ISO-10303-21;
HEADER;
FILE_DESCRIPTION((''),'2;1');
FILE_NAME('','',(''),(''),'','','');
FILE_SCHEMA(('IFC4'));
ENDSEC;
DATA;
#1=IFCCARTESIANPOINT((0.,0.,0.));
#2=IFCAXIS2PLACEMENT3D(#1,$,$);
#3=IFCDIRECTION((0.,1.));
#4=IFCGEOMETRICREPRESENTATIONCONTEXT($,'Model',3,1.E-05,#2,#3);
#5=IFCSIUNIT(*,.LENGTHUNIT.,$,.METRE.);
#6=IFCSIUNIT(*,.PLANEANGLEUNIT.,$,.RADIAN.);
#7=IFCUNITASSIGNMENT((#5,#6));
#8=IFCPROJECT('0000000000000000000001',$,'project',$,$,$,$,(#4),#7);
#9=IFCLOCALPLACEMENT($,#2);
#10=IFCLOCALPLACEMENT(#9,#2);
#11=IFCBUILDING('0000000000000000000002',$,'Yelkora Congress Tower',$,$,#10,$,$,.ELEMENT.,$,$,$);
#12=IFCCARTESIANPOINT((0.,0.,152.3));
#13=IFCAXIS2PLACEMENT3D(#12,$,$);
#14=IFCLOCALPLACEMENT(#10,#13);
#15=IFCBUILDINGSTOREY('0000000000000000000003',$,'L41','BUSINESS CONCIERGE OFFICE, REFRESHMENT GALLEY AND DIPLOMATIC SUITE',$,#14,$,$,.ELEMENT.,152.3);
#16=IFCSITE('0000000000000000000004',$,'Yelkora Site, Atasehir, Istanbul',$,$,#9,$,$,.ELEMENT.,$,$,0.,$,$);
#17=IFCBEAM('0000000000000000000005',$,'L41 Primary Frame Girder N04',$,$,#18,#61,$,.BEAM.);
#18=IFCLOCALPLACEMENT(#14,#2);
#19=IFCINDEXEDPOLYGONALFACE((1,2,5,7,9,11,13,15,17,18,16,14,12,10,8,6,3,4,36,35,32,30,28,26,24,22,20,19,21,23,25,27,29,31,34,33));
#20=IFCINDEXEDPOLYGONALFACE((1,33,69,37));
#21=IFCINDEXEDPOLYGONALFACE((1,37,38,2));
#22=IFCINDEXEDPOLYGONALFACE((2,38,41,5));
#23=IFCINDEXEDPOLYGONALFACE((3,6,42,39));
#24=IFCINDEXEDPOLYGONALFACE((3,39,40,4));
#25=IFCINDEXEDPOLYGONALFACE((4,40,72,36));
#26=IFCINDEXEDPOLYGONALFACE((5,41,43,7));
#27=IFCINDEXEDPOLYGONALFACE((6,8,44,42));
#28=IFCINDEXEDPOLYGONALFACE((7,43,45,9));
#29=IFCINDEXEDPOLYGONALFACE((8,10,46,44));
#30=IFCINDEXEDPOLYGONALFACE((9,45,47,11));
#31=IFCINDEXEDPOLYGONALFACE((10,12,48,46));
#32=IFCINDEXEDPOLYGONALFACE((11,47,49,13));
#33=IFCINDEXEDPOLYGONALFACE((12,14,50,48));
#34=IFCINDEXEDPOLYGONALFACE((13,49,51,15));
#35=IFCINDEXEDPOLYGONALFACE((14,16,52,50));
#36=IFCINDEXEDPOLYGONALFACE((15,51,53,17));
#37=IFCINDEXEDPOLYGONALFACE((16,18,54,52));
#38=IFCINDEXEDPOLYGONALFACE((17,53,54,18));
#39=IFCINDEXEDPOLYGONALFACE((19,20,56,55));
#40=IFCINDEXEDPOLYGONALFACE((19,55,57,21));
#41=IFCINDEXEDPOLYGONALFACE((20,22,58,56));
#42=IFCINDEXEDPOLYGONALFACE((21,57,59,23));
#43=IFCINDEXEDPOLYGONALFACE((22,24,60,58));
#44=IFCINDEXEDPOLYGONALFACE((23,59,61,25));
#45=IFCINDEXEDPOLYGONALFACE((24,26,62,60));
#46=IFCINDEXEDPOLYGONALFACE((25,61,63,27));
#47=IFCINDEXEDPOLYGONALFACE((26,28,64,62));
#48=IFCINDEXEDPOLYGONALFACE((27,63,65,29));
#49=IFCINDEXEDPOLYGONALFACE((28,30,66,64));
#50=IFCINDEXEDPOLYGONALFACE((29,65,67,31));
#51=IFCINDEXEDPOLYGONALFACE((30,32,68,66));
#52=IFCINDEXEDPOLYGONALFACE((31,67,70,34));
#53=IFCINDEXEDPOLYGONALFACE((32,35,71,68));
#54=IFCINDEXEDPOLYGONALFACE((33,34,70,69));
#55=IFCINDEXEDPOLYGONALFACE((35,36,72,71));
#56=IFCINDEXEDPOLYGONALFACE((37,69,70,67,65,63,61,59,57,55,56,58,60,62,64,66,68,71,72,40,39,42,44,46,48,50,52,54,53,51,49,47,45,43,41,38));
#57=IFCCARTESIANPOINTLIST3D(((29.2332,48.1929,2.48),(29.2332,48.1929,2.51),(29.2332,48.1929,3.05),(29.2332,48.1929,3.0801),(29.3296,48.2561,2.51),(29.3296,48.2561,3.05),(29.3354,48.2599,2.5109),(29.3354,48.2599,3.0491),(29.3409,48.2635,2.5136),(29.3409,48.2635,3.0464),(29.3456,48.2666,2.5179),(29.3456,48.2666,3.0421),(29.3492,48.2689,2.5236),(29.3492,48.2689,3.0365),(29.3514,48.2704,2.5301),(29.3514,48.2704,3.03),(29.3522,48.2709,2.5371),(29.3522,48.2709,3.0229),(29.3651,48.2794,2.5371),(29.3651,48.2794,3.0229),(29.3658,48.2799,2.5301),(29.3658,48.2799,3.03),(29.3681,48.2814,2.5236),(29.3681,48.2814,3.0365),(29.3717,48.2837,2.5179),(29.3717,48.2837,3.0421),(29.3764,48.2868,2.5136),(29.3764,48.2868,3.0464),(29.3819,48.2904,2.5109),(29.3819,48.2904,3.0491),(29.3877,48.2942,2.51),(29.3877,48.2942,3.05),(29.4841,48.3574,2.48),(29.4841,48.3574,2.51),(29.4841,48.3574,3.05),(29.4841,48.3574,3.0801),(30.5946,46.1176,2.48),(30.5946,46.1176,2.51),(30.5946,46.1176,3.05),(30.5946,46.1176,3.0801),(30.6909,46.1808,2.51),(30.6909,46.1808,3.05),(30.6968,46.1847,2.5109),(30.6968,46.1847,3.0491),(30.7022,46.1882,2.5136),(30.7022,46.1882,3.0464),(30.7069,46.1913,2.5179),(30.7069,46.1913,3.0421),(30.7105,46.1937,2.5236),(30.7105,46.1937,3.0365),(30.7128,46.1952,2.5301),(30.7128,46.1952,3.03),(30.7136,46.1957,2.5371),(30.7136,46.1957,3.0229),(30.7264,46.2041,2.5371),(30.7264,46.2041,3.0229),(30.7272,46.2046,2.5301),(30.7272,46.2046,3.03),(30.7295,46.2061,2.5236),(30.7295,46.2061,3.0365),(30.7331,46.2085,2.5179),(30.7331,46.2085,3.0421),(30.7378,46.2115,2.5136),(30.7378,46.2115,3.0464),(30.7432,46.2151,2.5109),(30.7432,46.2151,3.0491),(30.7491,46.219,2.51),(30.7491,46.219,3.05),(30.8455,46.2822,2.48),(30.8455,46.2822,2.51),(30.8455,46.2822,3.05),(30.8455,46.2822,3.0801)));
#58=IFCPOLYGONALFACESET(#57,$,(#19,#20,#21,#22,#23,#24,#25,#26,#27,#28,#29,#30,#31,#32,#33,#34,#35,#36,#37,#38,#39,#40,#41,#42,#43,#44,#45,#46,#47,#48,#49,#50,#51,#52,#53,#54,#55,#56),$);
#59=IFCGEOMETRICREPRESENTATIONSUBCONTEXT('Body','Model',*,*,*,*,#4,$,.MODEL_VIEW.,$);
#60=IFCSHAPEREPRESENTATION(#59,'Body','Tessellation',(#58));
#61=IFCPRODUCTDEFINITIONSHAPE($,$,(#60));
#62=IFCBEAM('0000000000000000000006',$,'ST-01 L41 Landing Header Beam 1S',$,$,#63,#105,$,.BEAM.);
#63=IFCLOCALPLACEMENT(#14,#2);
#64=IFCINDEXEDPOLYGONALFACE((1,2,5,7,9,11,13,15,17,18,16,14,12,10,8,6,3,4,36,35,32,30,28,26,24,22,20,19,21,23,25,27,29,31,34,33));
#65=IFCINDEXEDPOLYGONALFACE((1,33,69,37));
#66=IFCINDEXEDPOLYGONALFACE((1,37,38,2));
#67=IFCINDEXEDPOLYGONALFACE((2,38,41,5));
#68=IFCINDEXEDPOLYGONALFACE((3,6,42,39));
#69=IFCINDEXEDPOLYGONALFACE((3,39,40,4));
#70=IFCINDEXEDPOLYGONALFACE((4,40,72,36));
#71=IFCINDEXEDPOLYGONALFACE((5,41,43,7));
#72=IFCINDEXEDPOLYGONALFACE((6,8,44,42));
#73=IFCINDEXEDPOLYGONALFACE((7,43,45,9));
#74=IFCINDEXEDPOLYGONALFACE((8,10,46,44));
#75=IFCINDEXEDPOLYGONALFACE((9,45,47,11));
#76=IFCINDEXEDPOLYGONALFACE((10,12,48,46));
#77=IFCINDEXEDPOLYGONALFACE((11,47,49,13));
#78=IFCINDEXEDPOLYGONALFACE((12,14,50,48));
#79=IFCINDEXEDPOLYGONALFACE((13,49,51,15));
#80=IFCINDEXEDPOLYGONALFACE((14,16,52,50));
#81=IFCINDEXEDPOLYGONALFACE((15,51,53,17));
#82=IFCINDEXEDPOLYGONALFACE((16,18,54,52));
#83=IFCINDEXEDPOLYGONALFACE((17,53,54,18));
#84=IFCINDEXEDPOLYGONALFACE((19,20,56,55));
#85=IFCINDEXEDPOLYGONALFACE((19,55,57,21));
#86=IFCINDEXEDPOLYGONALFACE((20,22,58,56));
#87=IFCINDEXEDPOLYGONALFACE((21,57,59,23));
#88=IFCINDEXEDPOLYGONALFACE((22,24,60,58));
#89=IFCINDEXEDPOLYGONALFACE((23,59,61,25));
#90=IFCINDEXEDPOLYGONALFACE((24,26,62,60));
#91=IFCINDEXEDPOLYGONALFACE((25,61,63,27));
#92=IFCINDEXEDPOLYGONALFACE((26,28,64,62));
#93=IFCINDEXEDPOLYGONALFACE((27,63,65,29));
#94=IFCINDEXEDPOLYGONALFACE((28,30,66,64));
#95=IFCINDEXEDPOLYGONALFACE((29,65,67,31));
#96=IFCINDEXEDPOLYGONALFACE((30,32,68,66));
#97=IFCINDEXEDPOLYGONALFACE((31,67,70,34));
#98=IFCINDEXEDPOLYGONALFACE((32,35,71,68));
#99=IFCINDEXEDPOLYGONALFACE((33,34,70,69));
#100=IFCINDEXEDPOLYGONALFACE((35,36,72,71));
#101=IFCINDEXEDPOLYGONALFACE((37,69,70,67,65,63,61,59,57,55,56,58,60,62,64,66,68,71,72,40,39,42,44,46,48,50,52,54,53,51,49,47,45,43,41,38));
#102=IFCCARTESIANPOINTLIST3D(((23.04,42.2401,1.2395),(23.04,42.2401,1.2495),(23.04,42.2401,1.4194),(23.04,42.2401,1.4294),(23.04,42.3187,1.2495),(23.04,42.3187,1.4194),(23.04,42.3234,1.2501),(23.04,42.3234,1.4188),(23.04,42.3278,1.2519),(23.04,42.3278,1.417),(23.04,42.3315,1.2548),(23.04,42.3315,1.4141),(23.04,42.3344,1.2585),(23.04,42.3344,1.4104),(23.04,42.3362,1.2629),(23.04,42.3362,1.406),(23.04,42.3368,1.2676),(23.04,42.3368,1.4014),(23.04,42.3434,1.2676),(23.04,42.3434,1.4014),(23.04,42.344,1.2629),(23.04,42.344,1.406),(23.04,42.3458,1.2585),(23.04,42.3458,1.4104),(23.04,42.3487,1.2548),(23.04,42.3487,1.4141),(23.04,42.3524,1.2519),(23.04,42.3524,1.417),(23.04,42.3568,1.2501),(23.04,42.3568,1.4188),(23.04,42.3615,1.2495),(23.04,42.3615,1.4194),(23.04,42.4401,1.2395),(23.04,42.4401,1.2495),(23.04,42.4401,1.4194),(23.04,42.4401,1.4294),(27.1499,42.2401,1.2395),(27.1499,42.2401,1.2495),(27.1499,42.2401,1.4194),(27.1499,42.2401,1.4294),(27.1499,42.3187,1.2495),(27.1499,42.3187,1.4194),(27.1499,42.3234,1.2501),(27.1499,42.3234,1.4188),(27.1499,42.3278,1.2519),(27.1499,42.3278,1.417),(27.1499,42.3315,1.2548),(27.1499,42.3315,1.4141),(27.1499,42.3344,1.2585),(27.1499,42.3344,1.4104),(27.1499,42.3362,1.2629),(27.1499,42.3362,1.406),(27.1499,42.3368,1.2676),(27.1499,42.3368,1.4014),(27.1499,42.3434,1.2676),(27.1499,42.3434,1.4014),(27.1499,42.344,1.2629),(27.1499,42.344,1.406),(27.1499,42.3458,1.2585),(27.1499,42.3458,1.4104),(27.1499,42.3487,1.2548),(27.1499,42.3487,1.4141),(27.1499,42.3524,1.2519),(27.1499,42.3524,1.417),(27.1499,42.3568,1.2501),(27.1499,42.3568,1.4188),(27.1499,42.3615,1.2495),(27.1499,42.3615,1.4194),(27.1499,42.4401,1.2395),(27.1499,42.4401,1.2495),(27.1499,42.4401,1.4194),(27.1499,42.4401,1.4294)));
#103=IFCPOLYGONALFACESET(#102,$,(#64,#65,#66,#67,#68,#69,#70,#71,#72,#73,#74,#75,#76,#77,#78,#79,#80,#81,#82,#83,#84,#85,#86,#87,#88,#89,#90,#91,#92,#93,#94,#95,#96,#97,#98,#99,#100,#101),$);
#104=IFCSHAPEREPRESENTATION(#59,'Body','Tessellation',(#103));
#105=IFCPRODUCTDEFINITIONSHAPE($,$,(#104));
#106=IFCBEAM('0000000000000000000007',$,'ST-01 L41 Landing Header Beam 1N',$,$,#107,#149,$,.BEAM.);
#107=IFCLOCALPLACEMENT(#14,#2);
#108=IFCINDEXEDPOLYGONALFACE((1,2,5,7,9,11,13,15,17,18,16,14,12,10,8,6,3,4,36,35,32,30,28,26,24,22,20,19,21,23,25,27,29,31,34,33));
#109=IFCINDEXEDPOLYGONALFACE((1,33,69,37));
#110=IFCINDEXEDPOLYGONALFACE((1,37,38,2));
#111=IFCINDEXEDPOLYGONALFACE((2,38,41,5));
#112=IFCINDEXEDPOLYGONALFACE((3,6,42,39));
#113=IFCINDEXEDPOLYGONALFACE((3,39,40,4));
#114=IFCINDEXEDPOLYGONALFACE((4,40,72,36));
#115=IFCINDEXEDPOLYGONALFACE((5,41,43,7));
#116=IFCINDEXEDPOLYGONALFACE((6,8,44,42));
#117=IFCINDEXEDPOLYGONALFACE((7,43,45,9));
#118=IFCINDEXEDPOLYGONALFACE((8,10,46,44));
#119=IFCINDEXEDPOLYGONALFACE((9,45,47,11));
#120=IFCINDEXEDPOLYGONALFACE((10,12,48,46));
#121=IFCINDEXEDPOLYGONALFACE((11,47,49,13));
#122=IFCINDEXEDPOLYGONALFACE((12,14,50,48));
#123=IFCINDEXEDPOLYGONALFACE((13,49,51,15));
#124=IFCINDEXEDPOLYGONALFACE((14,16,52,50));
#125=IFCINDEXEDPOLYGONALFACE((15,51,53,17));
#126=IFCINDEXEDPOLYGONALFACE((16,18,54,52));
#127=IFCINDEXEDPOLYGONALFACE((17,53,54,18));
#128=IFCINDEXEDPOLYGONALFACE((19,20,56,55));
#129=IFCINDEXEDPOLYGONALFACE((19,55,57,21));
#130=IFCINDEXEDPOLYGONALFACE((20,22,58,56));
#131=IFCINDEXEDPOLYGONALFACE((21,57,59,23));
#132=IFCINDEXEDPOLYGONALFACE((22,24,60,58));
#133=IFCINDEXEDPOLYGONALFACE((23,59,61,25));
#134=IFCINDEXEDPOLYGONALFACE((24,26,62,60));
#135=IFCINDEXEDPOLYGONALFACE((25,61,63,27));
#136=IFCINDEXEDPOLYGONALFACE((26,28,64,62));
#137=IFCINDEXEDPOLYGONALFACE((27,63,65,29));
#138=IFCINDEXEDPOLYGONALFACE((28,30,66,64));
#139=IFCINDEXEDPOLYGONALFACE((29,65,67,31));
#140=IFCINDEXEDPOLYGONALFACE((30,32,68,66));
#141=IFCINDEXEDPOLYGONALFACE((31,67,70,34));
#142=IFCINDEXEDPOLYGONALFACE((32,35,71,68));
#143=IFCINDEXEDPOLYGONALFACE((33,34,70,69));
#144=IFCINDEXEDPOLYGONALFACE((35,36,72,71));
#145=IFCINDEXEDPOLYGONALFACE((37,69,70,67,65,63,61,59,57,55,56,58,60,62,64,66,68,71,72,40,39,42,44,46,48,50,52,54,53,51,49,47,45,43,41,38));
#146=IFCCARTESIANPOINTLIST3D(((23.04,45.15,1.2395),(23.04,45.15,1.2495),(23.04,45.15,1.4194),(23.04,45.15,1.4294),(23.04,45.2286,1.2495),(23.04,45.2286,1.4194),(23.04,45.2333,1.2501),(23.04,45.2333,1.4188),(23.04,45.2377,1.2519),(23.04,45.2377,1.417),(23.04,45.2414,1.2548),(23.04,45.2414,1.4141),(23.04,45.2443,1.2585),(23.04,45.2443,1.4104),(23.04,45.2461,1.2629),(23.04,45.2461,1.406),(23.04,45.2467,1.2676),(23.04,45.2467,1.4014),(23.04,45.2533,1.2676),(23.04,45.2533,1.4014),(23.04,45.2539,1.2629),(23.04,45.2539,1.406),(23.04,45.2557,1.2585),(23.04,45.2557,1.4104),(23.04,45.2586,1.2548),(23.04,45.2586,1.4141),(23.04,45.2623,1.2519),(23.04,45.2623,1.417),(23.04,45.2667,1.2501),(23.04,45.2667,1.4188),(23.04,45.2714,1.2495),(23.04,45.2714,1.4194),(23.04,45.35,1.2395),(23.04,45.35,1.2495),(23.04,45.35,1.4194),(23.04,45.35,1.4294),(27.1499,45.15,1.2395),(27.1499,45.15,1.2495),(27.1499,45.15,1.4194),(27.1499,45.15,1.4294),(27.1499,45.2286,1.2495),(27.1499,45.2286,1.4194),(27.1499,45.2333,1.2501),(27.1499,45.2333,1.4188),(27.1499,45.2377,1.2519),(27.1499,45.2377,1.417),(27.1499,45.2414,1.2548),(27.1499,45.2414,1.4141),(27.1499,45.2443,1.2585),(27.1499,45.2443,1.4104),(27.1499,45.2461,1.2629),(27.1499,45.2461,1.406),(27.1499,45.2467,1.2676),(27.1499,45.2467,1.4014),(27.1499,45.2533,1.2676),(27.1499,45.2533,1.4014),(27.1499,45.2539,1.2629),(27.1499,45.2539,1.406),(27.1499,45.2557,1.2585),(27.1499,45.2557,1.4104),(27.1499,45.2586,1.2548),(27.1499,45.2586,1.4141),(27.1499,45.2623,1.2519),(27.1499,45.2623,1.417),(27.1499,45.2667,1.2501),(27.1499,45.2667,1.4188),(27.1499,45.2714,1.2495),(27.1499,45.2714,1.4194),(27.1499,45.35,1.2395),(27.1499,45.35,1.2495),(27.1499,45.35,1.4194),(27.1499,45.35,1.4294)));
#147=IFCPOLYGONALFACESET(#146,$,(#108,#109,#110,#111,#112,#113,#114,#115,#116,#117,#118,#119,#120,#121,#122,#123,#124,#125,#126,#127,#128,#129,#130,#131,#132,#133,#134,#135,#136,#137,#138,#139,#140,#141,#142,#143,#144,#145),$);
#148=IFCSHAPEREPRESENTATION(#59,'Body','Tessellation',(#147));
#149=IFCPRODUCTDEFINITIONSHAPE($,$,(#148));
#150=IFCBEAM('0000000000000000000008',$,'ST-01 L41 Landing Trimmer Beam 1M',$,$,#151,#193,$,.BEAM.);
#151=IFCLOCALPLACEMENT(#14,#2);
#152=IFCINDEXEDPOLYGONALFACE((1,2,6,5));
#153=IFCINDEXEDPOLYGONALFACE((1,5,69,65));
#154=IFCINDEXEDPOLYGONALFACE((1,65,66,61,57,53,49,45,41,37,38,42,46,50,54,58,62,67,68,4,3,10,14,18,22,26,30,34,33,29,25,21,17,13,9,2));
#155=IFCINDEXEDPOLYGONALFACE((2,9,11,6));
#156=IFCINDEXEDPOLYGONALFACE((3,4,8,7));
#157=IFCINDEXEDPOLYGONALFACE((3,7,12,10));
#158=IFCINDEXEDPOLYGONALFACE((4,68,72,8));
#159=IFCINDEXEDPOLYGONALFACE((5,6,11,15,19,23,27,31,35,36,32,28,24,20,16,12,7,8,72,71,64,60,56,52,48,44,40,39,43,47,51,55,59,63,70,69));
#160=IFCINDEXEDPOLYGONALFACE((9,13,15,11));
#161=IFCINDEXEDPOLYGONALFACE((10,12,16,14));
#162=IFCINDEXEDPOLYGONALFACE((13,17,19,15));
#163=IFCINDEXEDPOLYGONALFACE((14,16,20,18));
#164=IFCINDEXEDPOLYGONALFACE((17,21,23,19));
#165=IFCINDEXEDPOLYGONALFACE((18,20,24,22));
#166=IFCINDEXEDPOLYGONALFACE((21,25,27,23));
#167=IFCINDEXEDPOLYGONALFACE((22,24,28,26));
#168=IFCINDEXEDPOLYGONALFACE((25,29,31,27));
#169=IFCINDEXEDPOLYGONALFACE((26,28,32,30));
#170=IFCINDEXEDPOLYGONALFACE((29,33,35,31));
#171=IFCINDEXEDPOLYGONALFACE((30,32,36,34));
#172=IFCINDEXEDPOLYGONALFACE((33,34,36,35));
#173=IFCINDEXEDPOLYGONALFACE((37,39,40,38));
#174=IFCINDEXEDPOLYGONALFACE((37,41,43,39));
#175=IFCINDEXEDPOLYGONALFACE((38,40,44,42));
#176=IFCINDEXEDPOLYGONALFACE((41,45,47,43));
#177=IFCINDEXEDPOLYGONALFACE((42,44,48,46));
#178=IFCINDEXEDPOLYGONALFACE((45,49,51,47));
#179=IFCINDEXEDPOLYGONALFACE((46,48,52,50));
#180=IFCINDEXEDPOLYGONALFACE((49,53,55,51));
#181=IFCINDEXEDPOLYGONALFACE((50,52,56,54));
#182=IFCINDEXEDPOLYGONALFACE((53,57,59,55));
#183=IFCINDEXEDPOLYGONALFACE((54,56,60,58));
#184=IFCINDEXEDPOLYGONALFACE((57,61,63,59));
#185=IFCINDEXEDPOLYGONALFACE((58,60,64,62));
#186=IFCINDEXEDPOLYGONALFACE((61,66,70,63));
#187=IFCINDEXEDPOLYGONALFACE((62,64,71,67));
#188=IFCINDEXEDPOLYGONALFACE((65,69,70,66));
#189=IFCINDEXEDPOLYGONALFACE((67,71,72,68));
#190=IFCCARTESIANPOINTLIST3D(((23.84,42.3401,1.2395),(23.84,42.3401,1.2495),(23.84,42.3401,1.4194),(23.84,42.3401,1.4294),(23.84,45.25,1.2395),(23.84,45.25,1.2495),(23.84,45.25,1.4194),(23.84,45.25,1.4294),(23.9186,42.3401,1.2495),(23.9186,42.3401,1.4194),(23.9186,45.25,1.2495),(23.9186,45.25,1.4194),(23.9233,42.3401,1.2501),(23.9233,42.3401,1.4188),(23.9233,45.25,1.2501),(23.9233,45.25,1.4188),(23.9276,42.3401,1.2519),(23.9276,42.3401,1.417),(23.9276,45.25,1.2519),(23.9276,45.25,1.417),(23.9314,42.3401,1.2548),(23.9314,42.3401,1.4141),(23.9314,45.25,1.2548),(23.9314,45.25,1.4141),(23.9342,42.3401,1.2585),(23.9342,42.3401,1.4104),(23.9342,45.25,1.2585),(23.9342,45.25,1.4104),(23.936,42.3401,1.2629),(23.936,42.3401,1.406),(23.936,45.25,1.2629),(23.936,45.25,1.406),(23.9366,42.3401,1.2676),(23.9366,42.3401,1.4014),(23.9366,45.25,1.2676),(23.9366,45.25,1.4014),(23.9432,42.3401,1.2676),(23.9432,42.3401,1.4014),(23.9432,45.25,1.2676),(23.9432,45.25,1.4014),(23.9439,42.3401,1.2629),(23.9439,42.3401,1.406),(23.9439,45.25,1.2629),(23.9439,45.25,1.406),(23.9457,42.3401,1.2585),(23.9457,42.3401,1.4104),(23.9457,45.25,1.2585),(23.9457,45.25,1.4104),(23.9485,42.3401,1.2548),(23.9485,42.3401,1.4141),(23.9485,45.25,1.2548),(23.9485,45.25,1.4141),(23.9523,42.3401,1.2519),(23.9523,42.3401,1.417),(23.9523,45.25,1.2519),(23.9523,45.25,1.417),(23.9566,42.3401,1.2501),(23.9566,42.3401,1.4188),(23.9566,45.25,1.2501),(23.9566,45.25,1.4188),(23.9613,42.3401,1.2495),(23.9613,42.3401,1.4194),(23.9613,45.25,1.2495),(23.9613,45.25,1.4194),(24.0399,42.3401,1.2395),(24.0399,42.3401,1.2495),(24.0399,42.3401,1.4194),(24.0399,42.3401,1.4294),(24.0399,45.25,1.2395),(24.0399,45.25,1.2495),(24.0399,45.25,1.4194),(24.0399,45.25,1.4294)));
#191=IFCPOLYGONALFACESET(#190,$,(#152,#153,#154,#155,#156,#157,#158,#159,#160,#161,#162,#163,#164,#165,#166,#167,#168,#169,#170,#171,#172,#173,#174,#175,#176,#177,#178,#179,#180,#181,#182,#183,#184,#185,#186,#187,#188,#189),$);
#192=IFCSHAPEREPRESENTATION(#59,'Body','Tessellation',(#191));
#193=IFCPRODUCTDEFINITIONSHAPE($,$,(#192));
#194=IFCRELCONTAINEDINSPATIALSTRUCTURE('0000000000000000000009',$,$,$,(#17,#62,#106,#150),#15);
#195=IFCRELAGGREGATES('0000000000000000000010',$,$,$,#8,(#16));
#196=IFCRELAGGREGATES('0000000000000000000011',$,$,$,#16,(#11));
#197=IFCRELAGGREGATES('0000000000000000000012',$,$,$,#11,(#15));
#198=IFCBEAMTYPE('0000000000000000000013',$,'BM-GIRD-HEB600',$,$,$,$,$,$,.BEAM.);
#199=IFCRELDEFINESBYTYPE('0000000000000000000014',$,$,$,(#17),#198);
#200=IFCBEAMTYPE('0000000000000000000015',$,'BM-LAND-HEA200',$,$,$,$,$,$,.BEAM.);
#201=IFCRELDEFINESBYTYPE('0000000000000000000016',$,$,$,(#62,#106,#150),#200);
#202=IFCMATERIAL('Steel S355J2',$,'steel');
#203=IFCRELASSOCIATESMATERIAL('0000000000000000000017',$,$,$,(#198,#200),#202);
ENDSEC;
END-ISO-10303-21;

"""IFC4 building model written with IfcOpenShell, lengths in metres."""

from ifc_helpers import new_model, si_unit, direction, frame, origin, origin_2d, place, context, subcontext, project, spatial, i_section, extrude, material, material_profile, profile_set, type_object, element, save


model = new_model("IFC4")

# Units and contexts
model_context = context("Model", 3, precision=1e-05, world=origin(), true_north=direction((0.0, 1.0)))
body_context = subcontext(model_context, "Body", "Model", "MODEL_VIEW")
ifc_project = project(units=[si_unit("LENGTHUNIT", "METRE"), si_unit("PLANEANGLEUNIT", "RADIAN")], contexts=[model_context])

# Site, building, storey
site_placement = place(None, origin())
site = spatial("IfcSite", under=ifc_project, at=site_placement, Name="Yelkora Site, Atasehir, Istanbul", CompositionType="ELEMENT", RefElevation=0.0)
building_placement = place(site_placement, origin())
building = spatial("IfcBuilding", under=site, at=building_placement, Name="Yelkora Congress Tower", CompositionType="ELEMENT")
storey_placement = place(building_placement, frame((0.0, 0.0, 152.3)))
storey = spatial("IfcBuildingStorey", under=building, at=storey_placement, Name="L41", Description="BUSINESS CONCIERGE OFFICE, REFRESHMENT GALLEY AND DIPLOMATIC SUITE", CompositionType="ELEMENT", Elevation=152.3)

# Beams
ifc_material_1 = material(Name="Steel S355J2", Category="steel")
ifc_material_profile_1 = material_profile(ifc_material_1, i_section(OverallWidth=0.3, OverallDepth=0.6001, WebThickness=0.0154, FlangeThickness=0.03, FilletRadius=0.0271, at=origin_2d()), Name="HEB 600")
ifc_profile_set_1 = profile_set([ifc_material_profile_1], Name="Steel S355J2")
beam_type_1 = type_object("IfcBeamType", Name="BM-GIRD-HEB600", PredefinedType="BEAM", material=ifc_profile_set_1)
beam_1_placement = place(storey_placement, frame((29.3586, 48.2751, 2.78), z_axis=(0.54851, -0.836144, 0.0), x_axis=(0.836144, 0.54851, 0.0)))
element("IfcBeam", 1, at=beam_1_placement, inside=storey, type_object=beam_type_1, Name="L41 Primary Frame Girder N04", PredefinedType="BEAM", context=body_context, shape_type="SweptSolid", body=[
    extrude(i_section(OverallWidth=0.3, OverallDepth=0.6001, WebThickness=0.0154, FlangeThickness=0.03, FilletRadius=0.0271, at=origin_2d()), origin(), (0.0, 0.0, 1.0), 2.4819),
])
ifc_material_profile_2 = material_profile(ifc_material_1, i_section(OverallWidth=0.2, OverallDepth=0.1899, WebThickness=0.0066, FlangeThickness=0.01, FilletRadius=0.0181, at=origin_2d()), Name="HEA 200")
ifc_profile_set_2 = profile_set([ifc_material_profile_2], Name="Steel S355J2")
beam_type_2 = type_object("IfcBeamType", Name="BM-LAND-HEA200", PredefinedType="BEAM", material=ifc_profile_set_2)
for number, where, z_axis, x_axis, name in (
    (2, (23.04, 42.3401, 1.3345), (1.0, 0.0, 0.0), (0.0, 1.0, 0.0), "ST-01 L41 Landing Header Beam 1S"),
    (3, (23.04, 45.25, 1.3345), (1.0, 0.0, 0.0), (0.0, 1.0, 0.0), "ST-01 L41 Landing Header Beam 1N"),
):
    element("IfcBeam", number, at=place(storey_placement, frame(where, z_axis=z_axis, x_axis=x_axis)), inside=storey, type_object=beam_type_2, Name=name, PredefinedType="BEAM", context=body_context, shape_type="SweptSolid", body=[
        extrude(i_section(OverallWidth=0.2, OverallDepth=0.1899, WebThickness=0.0066, FlangeThickness=0.01, FilletRadius=0.0181, at=origin_2d()), origin(), (0.0, 0.0, 1.0), 4.1099),
    ])
beam_2_placement = place(storey_placement, frame((23.9399, 42.3401, 1.3345), z_axis=(0.0, 1.0, 0.0), x_axis=(-1.0, 0.0, 0.0)))
element("IfcBeam", 4, at=beam_2_placement, inside=storey, type_object=beam_type_2, Name="ST-01 L41 Landing Trimmer Beam 1M", PredefinedType="BEAM", context=body_context, shape_type="SweptSolid", body=[
    extrude(i_section(OverallWidth=0.2, OverallDepth=0.1899, WebThickness=0.0066, FlangeThickness=0.01, FilletRadius=0.0181, at=origin_2d()), origin(), (0.0, 0.0, 1.0), 2.9099),
])

save(model, "model.ifc")
